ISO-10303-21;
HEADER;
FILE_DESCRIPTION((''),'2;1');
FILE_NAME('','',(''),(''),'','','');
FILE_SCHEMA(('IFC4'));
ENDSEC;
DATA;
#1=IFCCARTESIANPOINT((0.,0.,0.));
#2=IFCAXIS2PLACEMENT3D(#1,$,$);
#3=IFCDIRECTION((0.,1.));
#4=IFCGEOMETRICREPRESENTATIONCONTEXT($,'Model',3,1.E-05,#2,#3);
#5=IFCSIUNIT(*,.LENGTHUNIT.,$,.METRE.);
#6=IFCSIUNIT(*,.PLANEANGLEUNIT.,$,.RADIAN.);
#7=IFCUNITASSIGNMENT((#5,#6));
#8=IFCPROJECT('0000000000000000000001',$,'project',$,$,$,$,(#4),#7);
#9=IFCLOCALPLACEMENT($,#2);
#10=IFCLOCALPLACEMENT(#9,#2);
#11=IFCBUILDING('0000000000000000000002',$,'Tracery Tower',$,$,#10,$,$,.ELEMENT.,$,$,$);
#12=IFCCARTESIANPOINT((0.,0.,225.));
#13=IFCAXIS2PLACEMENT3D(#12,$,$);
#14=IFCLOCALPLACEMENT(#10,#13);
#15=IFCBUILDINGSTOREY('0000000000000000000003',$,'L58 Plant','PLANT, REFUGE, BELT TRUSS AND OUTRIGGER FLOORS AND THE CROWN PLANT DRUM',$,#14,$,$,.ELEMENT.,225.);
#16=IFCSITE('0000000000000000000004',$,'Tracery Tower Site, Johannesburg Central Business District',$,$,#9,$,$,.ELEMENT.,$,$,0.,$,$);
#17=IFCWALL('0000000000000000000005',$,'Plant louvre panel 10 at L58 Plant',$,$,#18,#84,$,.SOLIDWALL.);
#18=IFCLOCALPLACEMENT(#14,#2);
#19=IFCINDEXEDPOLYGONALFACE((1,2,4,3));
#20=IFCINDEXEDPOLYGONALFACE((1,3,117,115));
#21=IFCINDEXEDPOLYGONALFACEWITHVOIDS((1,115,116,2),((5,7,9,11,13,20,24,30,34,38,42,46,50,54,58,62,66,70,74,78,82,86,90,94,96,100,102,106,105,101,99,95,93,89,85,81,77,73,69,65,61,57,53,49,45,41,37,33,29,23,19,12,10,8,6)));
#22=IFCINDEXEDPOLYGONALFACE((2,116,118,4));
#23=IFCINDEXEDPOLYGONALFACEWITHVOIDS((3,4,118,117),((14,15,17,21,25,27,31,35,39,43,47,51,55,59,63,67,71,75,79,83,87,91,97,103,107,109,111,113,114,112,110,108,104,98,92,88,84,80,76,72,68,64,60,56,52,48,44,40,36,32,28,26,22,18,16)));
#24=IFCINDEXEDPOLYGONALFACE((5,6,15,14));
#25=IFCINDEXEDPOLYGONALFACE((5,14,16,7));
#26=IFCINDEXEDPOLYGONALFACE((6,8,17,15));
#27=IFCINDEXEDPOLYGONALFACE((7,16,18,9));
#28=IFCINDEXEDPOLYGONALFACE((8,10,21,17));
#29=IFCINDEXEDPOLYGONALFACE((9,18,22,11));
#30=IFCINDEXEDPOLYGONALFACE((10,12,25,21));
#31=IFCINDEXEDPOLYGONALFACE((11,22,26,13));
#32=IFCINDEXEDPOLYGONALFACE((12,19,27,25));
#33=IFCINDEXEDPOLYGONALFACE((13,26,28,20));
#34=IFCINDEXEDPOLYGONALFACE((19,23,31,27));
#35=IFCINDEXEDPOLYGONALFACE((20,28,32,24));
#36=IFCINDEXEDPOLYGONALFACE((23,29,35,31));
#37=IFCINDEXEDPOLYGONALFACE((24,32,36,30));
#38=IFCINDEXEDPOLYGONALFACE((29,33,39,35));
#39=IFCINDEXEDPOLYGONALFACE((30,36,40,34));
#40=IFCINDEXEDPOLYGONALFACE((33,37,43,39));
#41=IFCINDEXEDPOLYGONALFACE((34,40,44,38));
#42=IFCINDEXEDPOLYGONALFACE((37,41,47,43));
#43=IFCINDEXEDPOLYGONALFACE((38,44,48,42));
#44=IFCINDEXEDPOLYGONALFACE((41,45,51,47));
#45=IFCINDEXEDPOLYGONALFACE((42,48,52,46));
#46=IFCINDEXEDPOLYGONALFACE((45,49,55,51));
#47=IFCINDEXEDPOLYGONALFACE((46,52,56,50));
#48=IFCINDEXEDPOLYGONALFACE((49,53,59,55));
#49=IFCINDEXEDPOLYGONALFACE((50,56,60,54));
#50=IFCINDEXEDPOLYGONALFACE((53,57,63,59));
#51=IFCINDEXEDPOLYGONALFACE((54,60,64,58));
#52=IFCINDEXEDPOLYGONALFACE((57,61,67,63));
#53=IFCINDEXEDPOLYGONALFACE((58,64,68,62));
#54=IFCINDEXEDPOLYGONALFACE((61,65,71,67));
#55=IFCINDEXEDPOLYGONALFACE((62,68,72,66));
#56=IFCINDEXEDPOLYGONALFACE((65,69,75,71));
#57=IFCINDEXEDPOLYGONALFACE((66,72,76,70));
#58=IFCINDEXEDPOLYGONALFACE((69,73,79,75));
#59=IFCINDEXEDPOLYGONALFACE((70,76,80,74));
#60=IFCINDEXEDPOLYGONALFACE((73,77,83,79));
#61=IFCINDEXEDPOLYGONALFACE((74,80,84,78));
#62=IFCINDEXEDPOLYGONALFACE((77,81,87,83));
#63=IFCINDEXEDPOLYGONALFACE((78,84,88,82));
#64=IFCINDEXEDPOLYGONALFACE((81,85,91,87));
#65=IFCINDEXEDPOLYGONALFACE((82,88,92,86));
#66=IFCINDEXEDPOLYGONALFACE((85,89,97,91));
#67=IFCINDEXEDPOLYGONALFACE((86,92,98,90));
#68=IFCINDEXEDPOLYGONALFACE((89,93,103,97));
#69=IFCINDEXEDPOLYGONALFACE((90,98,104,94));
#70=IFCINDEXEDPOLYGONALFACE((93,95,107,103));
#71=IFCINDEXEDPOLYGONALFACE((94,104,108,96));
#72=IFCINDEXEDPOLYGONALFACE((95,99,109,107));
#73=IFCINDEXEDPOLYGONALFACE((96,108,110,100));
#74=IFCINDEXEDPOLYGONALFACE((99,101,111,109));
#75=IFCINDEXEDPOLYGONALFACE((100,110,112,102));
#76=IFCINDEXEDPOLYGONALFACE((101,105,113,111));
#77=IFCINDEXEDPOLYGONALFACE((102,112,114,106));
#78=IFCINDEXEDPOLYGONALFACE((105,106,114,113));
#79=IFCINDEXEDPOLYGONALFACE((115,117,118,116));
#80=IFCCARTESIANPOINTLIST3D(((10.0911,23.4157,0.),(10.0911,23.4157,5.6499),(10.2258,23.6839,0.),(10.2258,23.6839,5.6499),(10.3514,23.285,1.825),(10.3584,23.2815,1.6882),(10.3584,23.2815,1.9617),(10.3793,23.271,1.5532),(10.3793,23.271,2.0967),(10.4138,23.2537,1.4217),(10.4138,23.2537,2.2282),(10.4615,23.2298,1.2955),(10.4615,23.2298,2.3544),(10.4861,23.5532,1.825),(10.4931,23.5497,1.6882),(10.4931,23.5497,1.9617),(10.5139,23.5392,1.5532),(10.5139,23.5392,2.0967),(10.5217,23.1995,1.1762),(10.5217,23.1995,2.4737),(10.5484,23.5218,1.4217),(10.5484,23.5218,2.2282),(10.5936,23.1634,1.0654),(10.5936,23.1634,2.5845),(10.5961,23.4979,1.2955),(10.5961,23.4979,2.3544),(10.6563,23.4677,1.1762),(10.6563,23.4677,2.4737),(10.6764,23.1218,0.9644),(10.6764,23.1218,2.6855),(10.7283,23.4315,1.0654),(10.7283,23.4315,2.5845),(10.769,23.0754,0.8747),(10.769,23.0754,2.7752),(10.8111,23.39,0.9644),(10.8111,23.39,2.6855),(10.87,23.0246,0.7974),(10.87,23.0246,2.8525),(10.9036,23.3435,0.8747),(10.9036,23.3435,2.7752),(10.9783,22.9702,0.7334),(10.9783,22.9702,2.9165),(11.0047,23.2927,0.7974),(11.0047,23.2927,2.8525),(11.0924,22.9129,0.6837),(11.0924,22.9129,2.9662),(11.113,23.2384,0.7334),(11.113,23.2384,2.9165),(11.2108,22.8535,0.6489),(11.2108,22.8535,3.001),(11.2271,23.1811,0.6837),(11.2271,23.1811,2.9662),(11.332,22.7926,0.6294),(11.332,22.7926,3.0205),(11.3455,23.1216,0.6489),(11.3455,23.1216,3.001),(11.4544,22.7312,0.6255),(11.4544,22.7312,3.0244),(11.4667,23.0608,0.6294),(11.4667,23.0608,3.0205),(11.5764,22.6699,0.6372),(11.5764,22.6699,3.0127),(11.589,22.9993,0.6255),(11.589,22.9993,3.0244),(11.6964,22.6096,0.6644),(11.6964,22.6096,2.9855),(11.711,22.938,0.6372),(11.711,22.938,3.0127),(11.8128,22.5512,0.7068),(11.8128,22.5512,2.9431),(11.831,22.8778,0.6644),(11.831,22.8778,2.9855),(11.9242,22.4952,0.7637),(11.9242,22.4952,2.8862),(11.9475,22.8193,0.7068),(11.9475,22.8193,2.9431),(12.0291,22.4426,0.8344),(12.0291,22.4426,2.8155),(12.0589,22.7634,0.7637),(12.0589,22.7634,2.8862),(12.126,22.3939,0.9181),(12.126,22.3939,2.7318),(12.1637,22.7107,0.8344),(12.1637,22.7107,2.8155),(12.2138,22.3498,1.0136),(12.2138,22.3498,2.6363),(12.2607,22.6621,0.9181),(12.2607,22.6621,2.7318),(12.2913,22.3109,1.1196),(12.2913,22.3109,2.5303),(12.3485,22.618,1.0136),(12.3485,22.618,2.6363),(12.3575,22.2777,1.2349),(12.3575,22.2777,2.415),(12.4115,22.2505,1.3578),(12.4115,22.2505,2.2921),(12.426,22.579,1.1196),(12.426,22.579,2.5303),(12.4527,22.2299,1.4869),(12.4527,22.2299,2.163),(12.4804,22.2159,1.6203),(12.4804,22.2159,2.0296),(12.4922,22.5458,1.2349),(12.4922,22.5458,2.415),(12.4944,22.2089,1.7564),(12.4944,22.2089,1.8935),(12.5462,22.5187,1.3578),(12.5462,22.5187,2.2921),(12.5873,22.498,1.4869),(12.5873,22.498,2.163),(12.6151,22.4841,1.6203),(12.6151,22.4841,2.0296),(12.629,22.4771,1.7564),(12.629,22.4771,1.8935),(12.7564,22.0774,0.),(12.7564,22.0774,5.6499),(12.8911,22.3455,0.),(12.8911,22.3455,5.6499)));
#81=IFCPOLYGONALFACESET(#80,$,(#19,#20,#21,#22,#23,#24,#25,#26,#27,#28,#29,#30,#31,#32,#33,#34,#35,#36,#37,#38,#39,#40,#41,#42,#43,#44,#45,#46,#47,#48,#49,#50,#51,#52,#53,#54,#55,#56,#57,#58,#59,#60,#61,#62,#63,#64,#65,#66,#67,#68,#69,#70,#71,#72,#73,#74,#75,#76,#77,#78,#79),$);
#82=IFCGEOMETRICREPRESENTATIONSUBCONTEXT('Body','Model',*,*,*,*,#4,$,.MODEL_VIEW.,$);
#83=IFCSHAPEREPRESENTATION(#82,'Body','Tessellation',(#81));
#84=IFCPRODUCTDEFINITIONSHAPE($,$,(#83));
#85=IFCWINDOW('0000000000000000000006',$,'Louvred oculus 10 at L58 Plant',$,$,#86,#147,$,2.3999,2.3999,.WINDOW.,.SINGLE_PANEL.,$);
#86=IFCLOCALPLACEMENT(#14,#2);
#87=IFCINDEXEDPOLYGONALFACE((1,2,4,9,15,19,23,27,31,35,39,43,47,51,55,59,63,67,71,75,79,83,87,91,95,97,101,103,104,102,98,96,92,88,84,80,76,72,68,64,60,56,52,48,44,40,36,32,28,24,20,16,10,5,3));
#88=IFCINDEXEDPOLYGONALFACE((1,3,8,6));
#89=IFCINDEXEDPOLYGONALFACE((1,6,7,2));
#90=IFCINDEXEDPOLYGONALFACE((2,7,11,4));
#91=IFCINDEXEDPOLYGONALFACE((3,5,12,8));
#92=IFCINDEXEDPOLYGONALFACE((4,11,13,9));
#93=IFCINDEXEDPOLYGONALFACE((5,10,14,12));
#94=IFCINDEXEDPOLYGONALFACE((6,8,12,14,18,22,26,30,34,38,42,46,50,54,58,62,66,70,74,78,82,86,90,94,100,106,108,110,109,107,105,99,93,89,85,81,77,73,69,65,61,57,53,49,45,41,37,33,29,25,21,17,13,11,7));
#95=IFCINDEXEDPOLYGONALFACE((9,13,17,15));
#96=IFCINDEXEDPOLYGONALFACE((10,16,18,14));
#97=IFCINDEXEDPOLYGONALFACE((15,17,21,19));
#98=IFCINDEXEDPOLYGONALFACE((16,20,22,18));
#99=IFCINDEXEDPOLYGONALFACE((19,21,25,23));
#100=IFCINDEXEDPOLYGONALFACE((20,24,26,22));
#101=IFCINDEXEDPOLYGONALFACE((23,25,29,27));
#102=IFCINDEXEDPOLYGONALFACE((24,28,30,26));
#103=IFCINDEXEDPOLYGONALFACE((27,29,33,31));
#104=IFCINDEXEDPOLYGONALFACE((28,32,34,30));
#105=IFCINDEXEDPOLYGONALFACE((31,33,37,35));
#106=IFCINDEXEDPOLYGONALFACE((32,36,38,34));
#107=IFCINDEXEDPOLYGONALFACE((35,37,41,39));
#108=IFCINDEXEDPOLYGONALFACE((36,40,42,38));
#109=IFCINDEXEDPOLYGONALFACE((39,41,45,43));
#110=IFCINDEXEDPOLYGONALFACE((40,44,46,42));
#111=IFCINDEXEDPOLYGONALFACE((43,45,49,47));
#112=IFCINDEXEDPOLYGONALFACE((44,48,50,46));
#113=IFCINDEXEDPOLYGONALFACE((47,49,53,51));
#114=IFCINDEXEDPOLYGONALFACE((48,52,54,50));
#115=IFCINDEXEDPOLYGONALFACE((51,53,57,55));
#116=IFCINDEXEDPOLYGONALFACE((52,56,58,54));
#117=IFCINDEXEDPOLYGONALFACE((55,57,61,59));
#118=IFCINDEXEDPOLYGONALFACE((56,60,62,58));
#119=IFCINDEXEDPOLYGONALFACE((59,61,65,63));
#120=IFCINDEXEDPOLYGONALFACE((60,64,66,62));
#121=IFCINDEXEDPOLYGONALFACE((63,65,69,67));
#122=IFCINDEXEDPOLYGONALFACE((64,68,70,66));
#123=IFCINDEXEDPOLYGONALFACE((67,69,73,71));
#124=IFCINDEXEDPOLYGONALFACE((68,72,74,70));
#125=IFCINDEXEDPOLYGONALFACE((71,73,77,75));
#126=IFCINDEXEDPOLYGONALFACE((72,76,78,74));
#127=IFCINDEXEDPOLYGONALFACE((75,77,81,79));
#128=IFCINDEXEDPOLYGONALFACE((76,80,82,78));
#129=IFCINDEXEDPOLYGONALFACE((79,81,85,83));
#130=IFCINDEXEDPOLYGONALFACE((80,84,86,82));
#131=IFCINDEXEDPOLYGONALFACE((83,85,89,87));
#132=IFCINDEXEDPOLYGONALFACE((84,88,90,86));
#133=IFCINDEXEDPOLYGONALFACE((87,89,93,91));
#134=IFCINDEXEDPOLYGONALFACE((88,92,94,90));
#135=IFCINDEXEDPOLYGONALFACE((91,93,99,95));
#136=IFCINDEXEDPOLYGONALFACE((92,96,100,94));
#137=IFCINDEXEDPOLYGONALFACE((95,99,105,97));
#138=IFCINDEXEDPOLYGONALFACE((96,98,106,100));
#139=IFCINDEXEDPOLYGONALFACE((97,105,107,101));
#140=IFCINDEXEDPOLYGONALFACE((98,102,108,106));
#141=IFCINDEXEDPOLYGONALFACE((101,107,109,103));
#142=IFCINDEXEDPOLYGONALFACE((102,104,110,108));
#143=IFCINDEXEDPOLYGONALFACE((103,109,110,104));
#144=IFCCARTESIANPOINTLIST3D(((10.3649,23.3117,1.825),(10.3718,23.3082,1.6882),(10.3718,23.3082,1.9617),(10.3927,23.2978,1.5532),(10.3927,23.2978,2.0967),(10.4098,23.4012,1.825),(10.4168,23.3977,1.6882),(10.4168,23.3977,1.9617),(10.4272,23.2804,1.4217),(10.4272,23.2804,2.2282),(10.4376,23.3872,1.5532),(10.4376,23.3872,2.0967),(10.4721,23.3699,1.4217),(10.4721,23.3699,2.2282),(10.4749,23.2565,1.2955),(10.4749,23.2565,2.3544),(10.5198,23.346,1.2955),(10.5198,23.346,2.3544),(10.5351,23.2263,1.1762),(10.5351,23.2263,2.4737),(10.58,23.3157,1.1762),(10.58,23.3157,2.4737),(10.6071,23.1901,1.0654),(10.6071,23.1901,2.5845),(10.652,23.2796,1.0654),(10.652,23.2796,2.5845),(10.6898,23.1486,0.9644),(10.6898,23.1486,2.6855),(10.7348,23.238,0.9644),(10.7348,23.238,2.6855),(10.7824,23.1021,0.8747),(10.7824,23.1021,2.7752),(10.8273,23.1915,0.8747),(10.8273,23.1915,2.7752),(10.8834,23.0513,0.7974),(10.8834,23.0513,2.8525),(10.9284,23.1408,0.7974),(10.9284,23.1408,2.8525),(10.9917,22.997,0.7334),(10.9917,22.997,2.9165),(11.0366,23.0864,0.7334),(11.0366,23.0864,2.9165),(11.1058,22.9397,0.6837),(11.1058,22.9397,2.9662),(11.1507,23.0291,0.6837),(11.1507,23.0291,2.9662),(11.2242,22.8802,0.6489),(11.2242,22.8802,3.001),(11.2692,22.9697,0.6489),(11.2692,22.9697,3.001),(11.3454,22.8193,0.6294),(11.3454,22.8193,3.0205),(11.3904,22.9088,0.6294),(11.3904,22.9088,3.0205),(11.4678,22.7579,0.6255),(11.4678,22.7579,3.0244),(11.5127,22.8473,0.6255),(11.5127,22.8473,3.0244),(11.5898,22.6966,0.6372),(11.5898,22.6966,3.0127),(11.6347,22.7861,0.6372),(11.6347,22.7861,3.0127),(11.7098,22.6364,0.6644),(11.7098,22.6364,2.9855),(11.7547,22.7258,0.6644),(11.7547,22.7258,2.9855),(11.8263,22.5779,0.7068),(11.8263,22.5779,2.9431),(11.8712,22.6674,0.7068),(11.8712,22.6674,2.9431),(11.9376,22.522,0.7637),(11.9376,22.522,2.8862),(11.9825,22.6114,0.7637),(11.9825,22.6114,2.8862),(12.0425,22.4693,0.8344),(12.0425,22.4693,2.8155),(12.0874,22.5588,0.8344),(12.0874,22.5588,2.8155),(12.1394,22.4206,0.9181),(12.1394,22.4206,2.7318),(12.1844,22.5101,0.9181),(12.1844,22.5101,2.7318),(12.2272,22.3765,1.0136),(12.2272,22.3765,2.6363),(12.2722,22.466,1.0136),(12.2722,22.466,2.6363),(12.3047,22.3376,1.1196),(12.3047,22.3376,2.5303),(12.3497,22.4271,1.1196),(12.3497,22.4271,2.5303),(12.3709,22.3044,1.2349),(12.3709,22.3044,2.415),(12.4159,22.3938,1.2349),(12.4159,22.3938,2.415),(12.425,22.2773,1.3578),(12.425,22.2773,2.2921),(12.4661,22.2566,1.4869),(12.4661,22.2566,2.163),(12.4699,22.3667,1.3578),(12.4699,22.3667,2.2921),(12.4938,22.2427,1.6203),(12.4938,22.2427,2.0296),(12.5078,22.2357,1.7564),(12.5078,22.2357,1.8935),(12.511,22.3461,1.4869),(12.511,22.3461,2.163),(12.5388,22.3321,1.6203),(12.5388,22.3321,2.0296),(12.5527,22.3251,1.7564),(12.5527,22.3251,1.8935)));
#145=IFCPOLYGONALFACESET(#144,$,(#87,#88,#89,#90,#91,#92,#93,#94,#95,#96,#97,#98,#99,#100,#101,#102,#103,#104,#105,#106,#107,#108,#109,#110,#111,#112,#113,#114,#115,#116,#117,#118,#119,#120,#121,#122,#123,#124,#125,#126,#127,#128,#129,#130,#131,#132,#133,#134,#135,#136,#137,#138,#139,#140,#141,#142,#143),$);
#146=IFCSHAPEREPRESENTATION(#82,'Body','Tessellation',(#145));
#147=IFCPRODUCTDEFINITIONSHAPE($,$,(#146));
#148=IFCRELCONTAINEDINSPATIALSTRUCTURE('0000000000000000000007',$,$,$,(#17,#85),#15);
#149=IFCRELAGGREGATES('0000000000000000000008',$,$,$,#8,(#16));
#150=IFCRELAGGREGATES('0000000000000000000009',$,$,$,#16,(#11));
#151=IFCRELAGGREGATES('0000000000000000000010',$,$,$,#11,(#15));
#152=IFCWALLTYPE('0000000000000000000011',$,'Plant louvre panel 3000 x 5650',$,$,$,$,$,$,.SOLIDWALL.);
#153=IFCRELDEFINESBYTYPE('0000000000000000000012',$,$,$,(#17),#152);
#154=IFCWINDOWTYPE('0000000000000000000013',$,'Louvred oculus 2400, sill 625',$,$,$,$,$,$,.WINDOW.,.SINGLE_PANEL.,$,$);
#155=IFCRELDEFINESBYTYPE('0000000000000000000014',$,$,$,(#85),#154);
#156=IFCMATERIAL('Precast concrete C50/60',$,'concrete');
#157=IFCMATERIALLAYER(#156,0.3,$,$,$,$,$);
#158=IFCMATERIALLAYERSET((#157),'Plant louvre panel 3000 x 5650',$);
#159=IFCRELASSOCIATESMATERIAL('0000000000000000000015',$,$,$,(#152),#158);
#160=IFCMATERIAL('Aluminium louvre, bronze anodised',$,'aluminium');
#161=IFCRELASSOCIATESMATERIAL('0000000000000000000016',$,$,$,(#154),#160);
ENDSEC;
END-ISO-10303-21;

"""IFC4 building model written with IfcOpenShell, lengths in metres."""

from ifc_helpers import new_model, si_unit, direction, frame, frame_2d, origin, origin_2d, place, context, subcontext, project, spatial, rectangle, circle, extrude, material, layer, layer_set, type_object, element, fill, save


model = new_model("IFC4")

# Units and contexts
model_context = context("Model", 3, precision=1e-05, world=origin(), true_north=direction((0.0, 1.0)))
body_context = subcontext(model_context, "Body", "Model", "MODEL_VIEW")
ifc_project = project(units=[si_unit("LENGTHUNIT", "METRE"), si_unit("PLANEANGLEUNIT", "RADIAN")], contexts=[model_context])

# Site, building, storey
site_placement = place(None, origin())
site = spatial("IfcSite", under=ifc_project, at=site_placement, Name="Tracery Tower Site, Johannesburg Central Business District", CompositionType="ELEMENT", RefElevation=0.0)
building_placement = place(site_placement, origin())
building = spatial("IfcBuilding", under=site, at=building_placement, Name="Tracery Tower", CompositionType="ELEMENT")
storey_placement = place(building_placement, frame((0.0, 0.0, 225.0)))
storey = spatial("IfcBuildingStorey", under=building, at=storey_placement, Name="L58 Plant", Description="PLANT, REFUGE, BELT TRUSS AND OUTRIGGER FLOORS AND THE CROWN PLANT DRUM", CompositionType="ELEMENT", Elevation=225.0)

# Wall, opening, window
ifc_material_1 = material(Name="Precast concrete C50/60", Category="concrete")
ifc_layer_1 = layer(ifc_material_1, 0.3)
ifc_layer_set_1 = layer_set([ifc_layer_1], Name="Plant louvre panel 3000 x 5650")
wall_type_1 = type_object("IfcWallType", Name="Plant louvre panel 3000 x 5650", PredefinedType="SOLIDWALL", material=ifc_layer_set_1)
wall_1_placement = place(storey_placement, frame((12.8237, 22.2114, 0.0), z_axis=(0.0, 0.0, 1.0), x_axis=(-0.893656, 0.448752, 0.0)))
wall_1 = element("IfcWall", 1, at=wall_1_placement, inside=storey, type_object=wall_type_1, Name="Plant louvre panel 10 at L58 Plant", PredefinedType="SOLIDWALL", context=body_context, shape_type="SweptSolid", body=[
    extrude(rectangle(XDim=2.9824, YDim=0.3, at=frame_2d((1.4912, 0.0))), origin(), (0.0, 0.0, 1.0), 5.6499),
])
opening_1_placement = place(wall_1_placement, frame((1.4912, 0.0, 1.825)))
opening_1 = element("IfcOpeningElement", 2, at=opening_1_placement, cuts=wall_1, PredefinedType="OPENING", context=body_context, shape_type="SweptSolid", body=[
    extrude(circle(Radius=1.2, at=origin_2d()), frame((0.0, 0.1599, 0.0), z_axis=(0.0, -1.0, 0.0), x_axis=(1.0, 0.0, 0.0)), (0.0, 0.0, 1.0), 0.3201),
])
ifc_material_2 = material(Name="Aluminium louvre, bronze anodised", Category="aluminium")
window_type = type_object("IfcWindowType", Name="Louvred oculus 2400, sill 625", PartitioningType="SINGLE_PANEL", PredefinedType="WINDOW", material=ifc_material_2)
window_1_placement = place(opening_1_placement, origin())
window_1 = element("IfcWindow", 3, at=window_1_placement, inside=storey, type_object=window_type, Name="Louvred oculus 10 at L58 Plant", OverallHeight=2.3999, OverallWidth=2.3999, PartitioningType="SINGLE_PANEL", PredefinedType="WINDOW", context=body_context, shape_type="SweptSolid", body=[
    extrude(circle(Radius=1.2, at=origin_2d()), frame((0.0, 0.1201, 0.0), z_axis=(0.0, -1.0, 0.0), x_axis=(1.0, 0.0, 0.0)), (0.0, 0.0, 1.0), 0.1001),
])
fill(opening_1, window_1)

save(model, "model.ifc")
